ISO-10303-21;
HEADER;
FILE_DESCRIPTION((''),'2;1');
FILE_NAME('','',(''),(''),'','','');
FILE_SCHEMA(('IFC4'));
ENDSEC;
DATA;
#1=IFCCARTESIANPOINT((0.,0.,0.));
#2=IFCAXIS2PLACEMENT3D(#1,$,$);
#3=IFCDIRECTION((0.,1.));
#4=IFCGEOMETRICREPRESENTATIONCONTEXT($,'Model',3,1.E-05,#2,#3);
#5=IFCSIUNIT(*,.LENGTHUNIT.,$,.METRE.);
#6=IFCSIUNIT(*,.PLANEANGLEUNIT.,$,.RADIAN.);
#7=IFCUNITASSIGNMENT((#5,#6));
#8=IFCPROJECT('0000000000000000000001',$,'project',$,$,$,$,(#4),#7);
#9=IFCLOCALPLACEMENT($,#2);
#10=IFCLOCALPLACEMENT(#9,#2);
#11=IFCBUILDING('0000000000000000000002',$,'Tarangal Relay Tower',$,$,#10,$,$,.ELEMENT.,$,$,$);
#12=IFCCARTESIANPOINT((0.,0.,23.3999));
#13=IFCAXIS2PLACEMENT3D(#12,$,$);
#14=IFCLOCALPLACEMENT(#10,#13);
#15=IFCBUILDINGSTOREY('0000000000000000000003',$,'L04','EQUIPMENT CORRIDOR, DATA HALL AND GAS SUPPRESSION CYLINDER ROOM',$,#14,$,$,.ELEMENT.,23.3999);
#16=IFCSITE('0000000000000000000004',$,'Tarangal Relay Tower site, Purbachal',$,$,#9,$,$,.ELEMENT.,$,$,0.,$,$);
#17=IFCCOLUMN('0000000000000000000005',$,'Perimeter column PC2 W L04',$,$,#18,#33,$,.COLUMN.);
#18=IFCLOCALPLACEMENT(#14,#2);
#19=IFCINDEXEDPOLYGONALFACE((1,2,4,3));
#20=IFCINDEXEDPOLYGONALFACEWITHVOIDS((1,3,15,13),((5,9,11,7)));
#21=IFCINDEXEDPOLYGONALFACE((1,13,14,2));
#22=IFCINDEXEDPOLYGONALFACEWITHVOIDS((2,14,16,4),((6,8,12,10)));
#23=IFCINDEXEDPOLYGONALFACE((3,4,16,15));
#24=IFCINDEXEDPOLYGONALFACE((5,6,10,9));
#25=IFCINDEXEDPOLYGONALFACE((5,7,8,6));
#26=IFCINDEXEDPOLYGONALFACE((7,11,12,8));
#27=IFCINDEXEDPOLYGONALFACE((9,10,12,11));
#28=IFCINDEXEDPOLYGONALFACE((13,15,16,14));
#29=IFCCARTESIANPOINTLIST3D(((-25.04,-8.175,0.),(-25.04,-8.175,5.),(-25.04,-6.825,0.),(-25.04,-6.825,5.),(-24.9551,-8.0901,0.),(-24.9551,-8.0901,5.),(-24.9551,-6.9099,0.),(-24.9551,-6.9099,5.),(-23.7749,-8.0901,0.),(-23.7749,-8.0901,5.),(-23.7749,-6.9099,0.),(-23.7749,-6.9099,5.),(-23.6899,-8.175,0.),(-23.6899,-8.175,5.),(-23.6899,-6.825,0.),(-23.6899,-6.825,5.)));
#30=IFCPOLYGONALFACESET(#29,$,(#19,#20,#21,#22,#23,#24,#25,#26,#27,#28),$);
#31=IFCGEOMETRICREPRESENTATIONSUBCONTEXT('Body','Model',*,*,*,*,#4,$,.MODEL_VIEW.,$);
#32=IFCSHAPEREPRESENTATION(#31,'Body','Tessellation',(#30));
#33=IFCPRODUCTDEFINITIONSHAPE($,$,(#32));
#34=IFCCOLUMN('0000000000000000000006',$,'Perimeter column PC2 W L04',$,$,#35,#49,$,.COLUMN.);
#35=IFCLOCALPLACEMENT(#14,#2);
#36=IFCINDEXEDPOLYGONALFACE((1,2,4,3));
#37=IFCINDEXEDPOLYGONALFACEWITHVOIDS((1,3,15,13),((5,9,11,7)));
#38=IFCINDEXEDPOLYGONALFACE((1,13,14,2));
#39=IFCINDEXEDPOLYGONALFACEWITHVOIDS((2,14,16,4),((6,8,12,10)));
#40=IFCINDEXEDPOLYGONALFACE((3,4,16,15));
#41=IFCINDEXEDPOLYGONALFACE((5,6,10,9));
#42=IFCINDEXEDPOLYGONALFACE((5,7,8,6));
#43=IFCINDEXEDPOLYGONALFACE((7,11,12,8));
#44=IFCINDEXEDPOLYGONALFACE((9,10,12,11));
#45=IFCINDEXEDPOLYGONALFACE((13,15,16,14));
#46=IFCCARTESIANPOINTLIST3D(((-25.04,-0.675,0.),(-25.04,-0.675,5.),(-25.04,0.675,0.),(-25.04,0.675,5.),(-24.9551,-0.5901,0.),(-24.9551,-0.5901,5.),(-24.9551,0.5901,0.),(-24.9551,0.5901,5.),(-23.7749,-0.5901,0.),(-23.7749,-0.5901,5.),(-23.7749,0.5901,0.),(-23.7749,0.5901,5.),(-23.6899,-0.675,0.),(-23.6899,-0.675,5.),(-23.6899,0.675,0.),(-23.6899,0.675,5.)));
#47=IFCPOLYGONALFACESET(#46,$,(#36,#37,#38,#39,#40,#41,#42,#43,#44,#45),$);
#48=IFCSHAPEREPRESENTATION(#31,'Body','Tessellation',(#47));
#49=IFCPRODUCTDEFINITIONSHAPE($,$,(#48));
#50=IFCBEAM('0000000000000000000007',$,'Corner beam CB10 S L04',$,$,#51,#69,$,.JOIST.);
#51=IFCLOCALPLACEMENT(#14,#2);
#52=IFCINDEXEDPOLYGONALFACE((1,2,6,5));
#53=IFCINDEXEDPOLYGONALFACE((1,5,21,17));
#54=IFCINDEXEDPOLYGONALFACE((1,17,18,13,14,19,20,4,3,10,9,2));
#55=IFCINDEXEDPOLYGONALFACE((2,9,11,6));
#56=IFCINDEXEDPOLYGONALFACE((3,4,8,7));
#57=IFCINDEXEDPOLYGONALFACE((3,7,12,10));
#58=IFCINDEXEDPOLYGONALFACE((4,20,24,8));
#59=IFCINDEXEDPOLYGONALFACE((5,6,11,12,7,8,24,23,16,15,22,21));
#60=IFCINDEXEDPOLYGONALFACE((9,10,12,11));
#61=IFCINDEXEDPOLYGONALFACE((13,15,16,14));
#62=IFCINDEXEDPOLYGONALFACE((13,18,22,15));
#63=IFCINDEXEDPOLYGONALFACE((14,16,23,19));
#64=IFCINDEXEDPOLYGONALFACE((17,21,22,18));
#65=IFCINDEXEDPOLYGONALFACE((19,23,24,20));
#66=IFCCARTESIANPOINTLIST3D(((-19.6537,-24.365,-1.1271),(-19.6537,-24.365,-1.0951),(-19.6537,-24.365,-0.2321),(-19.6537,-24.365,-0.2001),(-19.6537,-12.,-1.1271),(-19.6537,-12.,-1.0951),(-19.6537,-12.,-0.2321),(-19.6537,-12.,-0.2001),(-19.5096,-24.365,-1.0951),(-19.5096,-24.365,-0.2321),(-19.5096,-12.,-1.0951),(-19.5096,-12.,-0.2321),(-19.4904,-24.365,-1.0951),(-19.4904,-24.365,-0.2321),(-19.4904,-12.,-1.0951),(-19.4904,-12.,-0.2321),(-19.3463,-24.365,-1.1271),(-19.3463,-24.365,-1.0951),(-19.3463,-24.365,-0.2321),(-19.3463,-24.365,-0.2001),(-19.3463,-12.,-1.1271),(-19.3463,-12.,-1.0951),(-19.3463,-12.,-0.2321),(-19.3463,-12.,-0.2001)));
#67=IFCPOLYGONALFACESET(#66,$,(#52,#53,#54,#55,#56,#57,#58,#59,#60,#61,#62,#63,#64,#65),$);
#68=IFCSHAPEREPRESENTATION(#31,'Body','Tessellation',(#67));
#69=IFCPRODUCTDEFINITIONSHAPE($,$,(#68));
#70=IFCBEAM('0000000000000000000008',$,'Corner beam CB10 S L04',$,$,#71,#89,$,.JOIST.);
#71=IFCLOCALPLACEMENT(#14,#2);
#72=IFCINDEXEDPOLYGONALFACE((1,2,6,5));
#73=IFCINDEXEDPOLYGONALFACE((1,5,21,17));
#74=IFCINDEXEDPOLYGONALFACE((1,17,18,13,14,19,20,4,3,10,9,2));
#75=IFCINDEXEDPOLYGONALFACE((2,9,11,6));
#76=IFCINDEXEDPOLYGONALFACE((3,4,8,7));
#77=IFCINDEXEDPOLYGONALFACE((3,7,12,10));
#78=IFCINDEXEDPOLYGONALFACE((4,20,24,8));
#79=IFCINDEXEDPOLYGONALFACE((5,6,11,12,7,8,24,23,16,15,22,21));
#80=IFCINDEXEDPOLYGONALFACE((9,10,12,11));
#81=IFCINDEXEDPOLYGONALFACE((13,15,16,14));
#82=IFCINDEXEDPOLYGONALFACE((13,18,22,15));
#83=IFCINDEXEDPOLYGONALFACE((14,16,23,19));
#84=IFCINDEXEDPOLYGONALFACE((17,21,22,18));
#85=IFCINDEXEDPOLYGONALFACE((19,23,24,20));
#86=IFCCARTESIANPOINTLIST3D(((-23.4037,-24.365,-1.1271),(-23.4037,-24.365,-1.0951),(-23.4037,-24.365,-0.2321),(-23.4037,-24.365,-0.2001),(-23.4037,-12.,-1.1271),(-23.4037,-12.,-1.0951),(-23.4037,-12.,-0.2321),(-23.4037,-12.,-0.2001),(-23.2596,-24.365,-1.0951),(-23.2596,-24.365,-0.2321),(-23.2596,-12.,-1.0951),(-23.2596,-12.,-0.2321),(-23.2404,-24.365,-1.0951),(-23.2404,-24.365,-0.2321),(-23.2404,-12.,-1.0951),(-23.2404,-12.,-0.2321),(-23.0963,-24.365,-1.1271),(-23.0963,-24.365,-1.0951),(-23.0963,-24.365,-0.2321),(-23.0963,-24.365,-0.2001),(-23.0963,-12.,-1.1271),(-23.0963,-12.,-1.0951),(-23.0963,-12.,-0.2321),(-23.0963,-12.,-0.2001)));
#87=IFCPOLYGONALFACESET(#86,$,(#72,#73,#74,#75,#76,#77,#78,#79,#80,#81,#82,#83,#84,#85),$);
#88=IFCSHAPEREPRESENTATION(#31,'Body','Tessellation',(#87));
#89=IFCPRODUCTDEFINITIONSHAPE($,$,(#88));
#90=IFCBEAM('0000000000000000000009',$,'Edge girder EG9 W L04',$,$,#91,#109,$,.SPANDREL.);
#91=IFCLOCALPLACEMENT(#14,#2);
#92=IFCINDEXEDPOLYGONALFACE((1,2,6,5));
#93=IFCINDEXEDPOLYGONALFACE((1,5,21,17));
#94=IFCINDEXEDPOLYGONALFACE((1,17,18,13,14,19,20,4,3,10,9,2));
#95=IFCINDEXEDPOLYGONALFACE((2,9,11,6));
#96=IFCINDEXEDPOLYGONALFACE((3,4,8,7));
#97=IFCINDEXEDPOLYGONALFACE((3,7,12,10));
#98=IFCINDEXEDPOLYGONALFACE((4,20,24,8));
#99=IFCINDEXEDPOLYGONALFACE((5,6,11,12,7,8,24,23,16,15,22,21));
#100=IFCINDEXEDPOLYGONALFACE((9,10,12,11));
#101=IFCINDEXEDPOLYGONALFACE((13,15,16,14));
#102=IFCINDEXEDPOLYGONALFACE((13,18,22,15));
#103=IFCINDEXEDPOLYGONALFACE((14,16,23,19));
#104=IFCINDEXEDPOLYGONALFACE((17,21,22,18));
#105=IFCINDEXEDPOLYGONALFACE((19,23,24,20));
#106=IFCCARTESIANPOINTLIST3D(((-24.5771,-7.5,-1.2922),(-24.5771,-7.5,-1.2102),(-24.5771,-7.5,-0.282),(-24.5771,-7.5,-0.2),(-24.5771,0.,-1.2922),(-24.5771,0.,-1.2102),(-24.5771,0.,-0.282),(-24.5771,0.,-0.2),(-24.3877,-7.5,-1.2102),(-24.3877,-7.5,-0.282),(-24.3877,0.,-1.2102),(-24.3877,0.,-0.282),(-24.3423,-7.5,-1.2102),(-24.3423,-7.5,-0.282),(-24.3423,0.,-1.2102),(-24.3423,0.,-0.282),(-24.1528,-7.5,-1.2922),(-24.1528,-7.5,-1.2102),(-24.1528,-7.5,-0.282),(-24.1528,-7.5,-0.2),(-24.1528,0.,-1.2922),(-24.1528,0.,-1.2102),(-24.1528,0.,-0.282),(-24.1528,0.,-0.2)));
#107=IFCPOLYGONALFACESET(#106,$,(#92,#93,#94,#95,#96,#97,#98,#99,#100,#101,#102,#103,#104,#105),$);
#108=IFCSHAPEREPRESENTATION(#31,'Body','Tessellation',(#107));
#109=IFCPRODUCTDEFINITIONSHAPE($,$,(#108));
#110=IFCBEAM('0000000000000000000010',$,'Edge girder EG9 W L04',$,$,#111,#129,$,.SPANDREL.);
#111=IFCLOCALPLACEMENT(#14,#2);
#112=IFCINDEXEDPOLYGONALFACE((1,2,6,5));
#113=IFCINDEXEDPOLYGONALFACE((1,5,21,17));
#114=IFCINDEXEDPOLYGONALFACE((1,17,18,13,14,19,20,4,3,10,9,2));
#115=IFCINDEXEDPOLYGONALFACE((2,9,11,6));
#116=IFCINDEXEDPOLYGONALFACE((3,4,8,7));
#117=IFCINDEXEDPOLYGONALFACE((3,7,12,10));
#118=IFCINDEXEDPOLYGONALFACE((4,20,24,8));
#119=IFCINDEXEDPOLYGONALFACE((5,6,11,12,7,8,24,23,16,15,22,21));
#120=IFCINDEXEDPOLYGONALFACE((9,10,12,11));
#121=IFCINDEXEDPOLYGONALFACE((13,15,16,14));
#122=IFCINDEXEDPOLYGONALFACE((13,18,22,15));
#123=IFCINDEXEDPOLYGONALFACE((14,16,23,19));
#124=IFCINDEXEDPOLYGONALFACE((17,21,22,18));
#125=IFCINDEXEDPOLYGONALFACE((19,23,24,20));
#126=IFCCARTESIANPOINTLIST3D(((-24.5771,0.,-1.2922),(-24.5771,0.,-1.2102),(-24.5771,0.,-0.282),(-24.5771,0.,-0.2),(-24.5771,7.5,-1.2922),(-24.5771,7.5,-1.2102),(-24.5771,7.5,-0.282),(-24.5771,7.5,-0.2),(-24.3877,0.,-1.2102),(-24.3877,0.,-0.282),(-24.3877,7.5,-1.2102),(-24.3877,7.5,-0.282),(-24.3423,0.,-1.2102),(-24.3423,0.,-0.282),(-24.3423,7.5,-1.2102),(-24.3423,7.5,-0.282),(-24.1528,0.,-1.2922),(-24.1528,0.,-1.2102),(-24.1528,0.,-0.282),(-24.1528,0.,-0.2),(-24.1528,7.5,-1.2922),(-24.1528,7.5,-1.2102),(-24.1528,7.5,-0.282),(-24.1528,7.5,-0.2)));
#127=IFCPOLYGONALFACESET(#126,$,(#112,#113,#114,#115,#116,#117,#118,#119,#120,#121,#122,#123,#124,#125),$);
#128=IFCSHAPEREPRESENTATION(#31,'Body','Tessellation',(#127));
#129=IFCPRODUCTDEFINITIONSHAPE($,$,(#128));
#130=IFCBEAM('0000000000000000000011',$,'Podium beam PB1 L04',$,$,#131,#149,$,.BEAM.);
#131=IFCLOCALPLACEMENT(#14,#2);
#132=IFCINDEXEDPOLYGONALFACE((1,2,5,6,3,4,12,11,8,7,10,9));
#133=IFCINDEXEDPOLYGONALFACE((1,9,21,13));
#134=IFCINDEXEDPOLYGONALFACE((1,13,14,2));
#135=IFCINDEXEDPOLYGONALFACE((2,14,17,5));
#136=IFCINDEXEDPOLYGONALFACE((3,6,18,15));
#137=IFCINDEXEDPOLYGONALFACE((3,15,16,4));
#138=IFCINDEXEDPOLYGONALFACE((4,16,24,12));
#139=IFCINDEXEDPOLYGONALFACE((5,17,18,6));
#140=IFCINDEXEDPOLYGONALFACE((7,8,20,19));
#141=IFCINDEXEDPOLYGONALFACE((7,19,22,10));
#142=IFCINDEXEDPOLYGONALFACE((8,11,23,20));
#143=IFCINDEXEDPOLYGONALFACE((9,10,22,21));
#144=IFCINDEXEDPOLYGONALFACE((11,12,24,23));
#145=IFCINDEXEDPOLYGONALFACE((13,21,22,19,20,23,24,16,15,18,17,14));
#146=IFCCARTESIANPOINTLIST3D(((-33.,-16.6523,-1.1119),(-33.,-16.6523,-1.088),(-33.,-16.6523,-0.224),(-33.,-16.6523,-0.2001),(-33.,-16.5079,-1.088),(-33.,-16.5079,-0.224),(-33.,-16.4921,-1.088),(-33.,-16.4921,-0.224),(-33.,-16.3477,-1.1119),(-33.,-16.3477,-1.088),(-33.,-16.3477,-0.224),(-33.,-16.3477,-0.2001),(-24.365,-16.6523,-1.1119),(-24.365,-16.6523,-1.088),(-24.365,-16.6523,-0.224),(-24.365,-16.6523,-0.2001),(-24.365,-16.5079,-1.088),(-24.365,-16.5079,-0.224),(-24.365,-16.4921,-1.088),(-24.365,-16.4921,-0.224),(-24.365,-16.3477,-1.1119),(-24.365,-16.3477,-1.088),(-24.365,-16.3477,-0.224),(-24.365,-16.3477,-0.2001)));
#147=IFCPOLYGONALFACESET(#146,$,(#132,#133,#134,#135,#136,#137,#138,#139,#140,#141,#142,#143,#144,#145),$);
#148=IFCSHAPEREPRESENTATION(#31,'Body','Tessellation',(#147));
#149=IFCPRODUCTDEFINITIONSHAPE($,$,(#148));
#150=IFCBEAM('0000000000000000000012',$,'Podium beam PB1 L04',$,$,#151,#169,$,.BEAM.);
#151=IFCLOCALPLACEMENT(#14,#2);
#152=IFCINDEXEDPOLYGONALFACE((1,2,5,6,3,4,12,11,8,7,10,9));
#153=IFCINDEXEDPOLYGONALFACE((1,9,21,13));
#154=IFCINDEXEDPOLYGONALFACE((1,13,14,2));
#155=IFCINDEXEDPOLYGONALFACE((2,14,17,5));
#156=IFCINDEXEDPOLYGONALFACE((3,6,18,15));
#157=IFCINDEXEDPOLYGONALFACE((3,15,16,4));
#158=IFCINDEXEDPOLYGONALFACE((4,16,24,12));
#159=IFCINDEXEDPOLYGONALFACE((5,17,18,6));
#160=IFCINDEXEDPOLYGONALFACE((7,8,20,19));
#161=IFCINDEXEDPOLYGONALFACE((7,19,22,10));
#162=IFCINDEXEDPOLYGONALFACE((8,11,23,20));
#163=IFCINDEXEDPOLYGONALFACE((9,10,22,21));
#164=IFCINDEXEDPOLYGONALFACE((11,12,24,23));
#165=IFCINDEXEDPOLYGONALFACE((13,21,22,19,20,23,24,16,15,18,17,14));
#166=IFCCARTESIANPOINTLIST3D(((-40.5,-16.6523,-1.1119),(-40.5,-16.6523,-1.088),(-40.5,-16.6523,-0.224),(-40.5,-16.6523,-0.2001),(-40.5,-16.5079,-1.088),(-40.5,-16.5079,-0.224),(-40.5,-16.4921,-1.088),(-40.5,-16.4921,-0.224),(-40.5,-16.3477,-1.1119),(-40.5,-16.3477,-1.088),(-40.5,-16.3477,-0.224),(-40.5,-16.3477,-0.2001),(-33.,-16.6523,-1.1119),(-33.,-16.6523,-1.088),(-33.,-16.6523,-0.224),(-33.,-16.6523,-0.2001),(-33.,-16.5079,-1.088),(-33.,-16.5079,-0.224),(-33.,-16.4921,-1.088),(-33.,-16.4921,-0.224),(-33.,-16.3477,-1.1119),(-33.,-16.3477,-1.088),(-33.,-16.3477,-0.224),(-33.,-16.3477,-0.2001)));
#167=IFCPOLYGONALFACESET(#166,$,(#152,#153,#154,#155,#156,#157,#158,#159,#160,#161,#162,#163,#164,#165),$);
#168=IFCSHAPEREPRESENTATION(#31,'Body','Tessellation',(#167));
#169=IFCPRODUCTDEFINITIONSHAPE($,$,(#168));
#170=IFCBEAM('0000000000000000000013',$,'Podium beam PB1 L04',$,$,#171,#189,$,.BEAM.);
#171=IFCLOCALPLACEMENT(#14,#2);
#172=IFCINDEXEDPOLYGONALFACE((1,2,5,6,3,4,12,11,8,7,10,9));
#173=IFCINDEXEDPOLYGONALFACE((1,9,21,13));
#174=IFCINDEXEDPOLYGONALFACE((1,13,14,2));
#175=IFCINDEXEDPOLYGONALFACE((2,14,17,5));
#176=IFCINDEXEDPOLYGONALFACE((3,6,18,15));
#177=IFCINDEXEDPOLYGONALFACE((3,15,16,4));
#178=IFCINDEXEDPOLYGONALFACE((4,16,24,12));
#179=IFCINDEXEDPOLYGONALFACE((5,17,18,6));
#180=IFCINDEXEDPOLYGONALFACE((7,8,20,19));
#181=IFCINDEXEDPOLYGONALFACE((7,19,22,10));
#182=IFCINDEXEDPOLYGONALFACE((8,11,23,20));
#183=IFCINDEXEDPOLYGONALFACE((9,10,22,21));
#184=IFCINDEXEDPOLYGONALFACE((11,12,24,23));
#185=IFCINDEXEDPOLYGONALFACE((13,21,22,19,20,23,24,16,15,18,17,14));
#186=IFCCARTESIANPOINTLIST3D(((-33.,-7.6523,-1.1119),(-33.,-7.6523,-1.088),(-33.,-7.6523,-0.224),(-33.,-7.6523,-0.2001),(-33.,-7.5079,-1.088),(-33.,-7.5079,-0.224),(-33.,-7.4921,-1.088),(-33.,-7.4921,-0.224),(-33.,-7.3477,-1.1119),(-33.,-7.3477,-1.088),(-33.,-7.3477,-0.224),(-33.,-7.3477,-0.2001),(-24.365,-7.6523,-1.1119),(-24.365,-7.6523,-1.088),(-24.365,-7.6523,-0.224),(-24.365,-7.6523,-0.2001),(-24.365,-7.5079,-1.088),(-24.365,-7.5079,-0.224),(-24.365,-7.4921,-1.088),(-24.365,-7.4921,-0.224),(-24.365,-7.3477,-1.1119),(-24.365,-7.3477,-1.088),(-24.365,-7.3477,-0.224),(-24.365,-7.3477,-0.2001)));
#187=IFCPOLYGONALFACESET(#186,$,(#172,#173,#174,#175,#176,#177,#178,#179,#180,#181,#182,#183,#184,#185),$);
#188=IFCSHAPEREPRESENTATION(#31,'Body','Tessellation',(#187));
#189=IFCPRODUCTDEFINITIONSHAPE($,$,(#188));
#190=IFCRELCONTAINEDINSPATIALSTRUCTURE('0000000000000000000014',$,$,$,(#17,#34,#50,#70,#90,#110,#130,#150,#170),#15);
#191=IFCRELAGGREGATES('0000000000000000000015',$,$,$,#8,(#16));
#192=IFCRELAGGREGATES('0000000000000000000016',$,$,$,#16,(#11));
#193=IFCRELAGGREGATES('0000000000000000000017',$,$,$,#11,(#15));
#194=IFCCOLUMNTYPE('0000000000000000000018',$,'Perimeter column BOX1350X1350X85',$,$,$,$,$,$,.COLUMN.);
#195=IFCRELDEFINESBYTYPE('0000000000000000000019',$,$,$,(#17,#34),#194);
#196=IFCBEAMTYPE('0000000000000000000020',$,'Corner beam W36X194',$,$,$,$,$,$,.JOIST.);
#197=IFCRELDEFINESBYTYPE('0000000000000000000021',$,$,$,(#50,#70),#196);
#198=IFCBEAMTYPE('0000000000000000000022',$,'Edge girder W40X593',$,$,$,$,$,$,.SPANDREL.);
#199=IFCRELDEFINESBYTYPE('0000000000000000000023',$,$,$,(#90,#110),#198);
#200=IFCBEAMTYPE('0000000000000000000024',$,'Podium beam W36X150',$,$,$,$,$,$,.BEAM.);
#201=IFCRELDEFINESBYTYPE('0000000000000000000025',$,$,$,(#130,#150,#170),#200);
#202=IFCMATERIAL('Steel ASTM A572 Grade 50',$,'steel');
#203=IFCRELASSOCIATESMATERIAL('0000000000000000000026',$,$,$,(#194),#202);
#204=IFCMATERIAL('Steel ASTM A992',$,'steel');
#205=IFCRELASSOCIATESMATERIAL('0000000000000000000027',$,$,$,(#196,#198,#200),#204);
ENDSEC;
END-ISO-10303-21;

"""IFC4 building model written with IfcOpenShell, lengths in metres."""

from ifc_helpers import new_model, si_unit, direction, frame, origin, origin_2d, place, context, subcontext, project, spatial, hollow_rectangle, i_section, extrude, material, material_profile, profile_set, type_object, element, save


model = new_model("IFC4")

# Units and contexts
model_context = context("Model", 3, precision=1e-05, world=origin(), true_north=direction((0.0, 1.0)))
body_context = subcontext(model_context, "Body", "Model", "MODEL_VIEW")
ifc_project = project(units=[si_unit("LENGTHUNIT", "METRE"), si_unit("PLANEANGLEUNIT", "RADIAN")], contexts=[model_context])

# Site, building, storey
site_placement = place(None, origin())
site = spatial("IfcSite", under=ifc_project, at=site_placement, Name="Tarangal Relay Tower site, Purbachal", CompositionType="ELEMENT", RefElevation=0.0)
building_placement = place(site_placement, origin())
building = spatial("IfcBuilding", under=site, at=building_placement, Name="Tarangal Relay Tower", CompositionType="ELEMENT")
storey_placement = place(building_placement, frame((0.0, 0.0, 23.3999)))
storey = spatial("IfcBuildingStorey", under=building, at=storey_placement, Name="L04", Description="EQUIPMENT CORRIDOR, DATA HALL AND GAS SUPPRESSION CYLINDER ROOM", CompositionType="ELEMENT", Elevation=23.3999)

# Columns
ifc_material_1 = material(Name="Steel ASTM A572 Grade 50", Category="steel")
ifc_material_profile_1 = material_profile(ifc_material_1, hollow_rectangle(XDim=1.3501, YDim=1.3501, WallThickness=0.085, at=origin_2d()), Name="BOX1350X1350X85")
ifc_profile_set_1 = profile_set([ifc_material_profile_1], Name="Steel ASTM A572 Grade 50")
column_type = type_object("IfcColumnType", Name="Perimeter column BOX1350X1350X85", PredefinedType="COLUMN", material=ifc_profile_set_1)
for number, where, z_axis, x_axis, name in (
    (1, (-24.365, -7.5, 0.0), (0.0, 0.0, 1.0), (1.0, 0.0, 0.0), "Perimeter column PC2 W L04"),
    (2, (-24.365, 0.0, 0.0), (0.0, 0.0, 1.0), (1.0, 0.0, 0.0), "Perimeter column PC2 W L04"),
):
    element("IfcColumn", number, at=place(storey_placement, frame(where, z_axis=z_axis, x_axis=x_axis)), inside=storey, type_object=column_type, Name=name, PredefinedType="COLUMN", context=body_context, shape_type="SweptSolid", body=[
        extrude(hollow_rectangle(XDim=1.3501, YDim=1.3501, WallThickness=0.085, at=origin_2d()), origin(), (0.0, 0.0, 1.0), 5.0),
    ])

# Beams
ifc_material_2 = material(Name="Steel ASTM A992", Category="steel")
ifc_material_profile_2 = material_profile(ifc_material_2, i_section(OverallWidth=0.3074, OverallDepth=0.927, WebThickness=0.0193, FlangeThickness=0.032, at=origin_2d()), Name="W36X194")
ifc_profile_set_2 = profile_set([ifc_material_profile_2], Name="Steel ASTM A992")
beam_type_1 = type_object("IfcBeamType", Name="Corner beam W36X194", PredefinedType="JOIST", material=ifc_profile_set_2)
for number, where, z_axis, x_axis, name in (
    (3, (-19.5, -12.0, -0.6636), (0.0, -1.0, 0.0), (1.0, 0.0, 0.0), "Corner beam CB10 S L04"),
    (4, (-23.25, -12.0, -0.6636), (0.0, -1.0, 0.0), (1.0, 0.0, 0.0), "Corner beam CB10 S L04"),
):
    element("IfcBeam", number, at=place(storey_placement, frame(where, z_axis=z_axis, x_axis=x_axis)), inside=storey, type_object=beam_type_1, Name=name, PredefinedType="JOIST", context=body_context, shape_type="SweptSolid", body=[
        extrude(i_section(OverallWidth=0.3074, OverallDepth=0.927, WebThickness=0.0193, FlangeThickness=0.032, at=origin_2d()), origin(), (0.0, 0.0, 1.0), 12.365),
    ])
ifc_material_profile_3 = material_profile(ifc_material_2, i_section(OverallWidth=0.4243, OverallDepth=1.0923, WebThickness=0.0454, FlangeThickness=0.082, at=origin_2d()), Name="W40X593")
ifc_profile_set_3 = profile_set([ifc_material_profile_3], Name="Steel ASTM A992")
beam_type_2 = type_object("IfcBeamType", Name="Edge girder W40X593", PredefinedType="SPANDREL", material=ifc_profile_set_3)
for number, where, z_axis, x_axis, name in (
    (5, (-24.365, -7.5, -0.7461), (0.0, 1.0, 0.0), (-1.0, 0.0, 0.0), "Edge girder EG9 W L04"),
    (6, (-24.365, 0.0, -0.7461), (0.0, 1.0, 0.0), (-1.0, 0.0, 0.0), "Edge girder EG9 W L04"),
):
    element("IfcBeam", number, at=place(storey_placement, frame(where, z_axis=z_axis, x_axis=x_axis)), inside=storey, type_object=beam_type_2, Name=name, PredefinedType="SPANDREL", context=body_context, shape_type="SweptSolid", body=[
        extrude(i_section(OverallWidth=0.4243, OverallDepth=1.0923, WebThickness=0.0454, FlangeThickness=0.082, at=origin_2d()), origin(), (0.0, 0.0, 1.0), 7.5),
    ])
ifc_material_profile_4 = material_profile(ifc_material_2, i_section(OverallWidth=0.3047, OverallDepth=0.9119, WebThickness=0.0159, FlangeThickness=0.0239, at=origin_2d()), Name="W36X150")
ifc_profile_set_4 = profile_set([ifc_material_profile_4], Name="Steel ASTM A992")
beam_type_3 = type_object("IfcBeamType", Name="Podium beam W36X150", PredefinedType="BEAM", material=ifc_profile_set_4)
beam_1_placement = place(storey_placement, frame((-24.365, -16.5, -0.656), z_axis=(-1.0, 0.0, 0.0), x_axis=(0.0, -1.0, 0.0)))
element("IfcBeam", 7, at=beam_1_placement, inside=storey, type_object=beam_type_3, Name="Podium beam PB1 L04", PredefinedType="BEAM", context=body_context, shape_type="SweptSolid", body=[
    extrude(i_section(OverallWidth=0.3047, OverallDepth=0.9119, WebThickness=0.0159, FlangeThickness=0.0239, at=origin_2d()), origin(), (0.0, 0.0, 1.0), 8.635),
])
beam_2_placement = place(storey_placement, frame((-33.0, -16.5, -0.656), z_axis=(-1.0, 0.0, 0.0), x_axis=(0.0, -1.0, 0.0)))
element("IfcBeam", 8, at=beam_2_placement, inside=storey, type_object=beam_type_3, Name="Podium beam PB1 L04", PredefinedType="BEAM", context=body_context, shape_type="SweptSolid", body=[
    extrude(i_section(OverallWidth=0.3047, OverallDepth=0.9119, WebThickness=0.0159, FlangeThickness=0.0239, at=origin_2d()), origin(), (0.0, 0.0, 1.0), 7.5),
])
beam_3_placement = place(storey_placement, frame((-24.365, -7.5, -0.656), z_axis=(-1.0, 0.0, 0.0), x_axis=(0.0, -1.0, 0.0)))
element("IfcBeam", 9, at=beam_3_placement, inside=storey, type_object=beam_type_3, Name="Podium beam PB1 L04", PredefinedType="BEAM", context=body_context, shape_type="SweptSolid", body=[
    extrude(i_section(OverallWidth=0.3047, OverallDepth=0.9119, WebThickness=0.0159, FlangeThickness=0.0239, at=origin_2d()), origin(), (0.0, 0.0, 1.0), 8.635),
])

save(model, "model.ifc")
